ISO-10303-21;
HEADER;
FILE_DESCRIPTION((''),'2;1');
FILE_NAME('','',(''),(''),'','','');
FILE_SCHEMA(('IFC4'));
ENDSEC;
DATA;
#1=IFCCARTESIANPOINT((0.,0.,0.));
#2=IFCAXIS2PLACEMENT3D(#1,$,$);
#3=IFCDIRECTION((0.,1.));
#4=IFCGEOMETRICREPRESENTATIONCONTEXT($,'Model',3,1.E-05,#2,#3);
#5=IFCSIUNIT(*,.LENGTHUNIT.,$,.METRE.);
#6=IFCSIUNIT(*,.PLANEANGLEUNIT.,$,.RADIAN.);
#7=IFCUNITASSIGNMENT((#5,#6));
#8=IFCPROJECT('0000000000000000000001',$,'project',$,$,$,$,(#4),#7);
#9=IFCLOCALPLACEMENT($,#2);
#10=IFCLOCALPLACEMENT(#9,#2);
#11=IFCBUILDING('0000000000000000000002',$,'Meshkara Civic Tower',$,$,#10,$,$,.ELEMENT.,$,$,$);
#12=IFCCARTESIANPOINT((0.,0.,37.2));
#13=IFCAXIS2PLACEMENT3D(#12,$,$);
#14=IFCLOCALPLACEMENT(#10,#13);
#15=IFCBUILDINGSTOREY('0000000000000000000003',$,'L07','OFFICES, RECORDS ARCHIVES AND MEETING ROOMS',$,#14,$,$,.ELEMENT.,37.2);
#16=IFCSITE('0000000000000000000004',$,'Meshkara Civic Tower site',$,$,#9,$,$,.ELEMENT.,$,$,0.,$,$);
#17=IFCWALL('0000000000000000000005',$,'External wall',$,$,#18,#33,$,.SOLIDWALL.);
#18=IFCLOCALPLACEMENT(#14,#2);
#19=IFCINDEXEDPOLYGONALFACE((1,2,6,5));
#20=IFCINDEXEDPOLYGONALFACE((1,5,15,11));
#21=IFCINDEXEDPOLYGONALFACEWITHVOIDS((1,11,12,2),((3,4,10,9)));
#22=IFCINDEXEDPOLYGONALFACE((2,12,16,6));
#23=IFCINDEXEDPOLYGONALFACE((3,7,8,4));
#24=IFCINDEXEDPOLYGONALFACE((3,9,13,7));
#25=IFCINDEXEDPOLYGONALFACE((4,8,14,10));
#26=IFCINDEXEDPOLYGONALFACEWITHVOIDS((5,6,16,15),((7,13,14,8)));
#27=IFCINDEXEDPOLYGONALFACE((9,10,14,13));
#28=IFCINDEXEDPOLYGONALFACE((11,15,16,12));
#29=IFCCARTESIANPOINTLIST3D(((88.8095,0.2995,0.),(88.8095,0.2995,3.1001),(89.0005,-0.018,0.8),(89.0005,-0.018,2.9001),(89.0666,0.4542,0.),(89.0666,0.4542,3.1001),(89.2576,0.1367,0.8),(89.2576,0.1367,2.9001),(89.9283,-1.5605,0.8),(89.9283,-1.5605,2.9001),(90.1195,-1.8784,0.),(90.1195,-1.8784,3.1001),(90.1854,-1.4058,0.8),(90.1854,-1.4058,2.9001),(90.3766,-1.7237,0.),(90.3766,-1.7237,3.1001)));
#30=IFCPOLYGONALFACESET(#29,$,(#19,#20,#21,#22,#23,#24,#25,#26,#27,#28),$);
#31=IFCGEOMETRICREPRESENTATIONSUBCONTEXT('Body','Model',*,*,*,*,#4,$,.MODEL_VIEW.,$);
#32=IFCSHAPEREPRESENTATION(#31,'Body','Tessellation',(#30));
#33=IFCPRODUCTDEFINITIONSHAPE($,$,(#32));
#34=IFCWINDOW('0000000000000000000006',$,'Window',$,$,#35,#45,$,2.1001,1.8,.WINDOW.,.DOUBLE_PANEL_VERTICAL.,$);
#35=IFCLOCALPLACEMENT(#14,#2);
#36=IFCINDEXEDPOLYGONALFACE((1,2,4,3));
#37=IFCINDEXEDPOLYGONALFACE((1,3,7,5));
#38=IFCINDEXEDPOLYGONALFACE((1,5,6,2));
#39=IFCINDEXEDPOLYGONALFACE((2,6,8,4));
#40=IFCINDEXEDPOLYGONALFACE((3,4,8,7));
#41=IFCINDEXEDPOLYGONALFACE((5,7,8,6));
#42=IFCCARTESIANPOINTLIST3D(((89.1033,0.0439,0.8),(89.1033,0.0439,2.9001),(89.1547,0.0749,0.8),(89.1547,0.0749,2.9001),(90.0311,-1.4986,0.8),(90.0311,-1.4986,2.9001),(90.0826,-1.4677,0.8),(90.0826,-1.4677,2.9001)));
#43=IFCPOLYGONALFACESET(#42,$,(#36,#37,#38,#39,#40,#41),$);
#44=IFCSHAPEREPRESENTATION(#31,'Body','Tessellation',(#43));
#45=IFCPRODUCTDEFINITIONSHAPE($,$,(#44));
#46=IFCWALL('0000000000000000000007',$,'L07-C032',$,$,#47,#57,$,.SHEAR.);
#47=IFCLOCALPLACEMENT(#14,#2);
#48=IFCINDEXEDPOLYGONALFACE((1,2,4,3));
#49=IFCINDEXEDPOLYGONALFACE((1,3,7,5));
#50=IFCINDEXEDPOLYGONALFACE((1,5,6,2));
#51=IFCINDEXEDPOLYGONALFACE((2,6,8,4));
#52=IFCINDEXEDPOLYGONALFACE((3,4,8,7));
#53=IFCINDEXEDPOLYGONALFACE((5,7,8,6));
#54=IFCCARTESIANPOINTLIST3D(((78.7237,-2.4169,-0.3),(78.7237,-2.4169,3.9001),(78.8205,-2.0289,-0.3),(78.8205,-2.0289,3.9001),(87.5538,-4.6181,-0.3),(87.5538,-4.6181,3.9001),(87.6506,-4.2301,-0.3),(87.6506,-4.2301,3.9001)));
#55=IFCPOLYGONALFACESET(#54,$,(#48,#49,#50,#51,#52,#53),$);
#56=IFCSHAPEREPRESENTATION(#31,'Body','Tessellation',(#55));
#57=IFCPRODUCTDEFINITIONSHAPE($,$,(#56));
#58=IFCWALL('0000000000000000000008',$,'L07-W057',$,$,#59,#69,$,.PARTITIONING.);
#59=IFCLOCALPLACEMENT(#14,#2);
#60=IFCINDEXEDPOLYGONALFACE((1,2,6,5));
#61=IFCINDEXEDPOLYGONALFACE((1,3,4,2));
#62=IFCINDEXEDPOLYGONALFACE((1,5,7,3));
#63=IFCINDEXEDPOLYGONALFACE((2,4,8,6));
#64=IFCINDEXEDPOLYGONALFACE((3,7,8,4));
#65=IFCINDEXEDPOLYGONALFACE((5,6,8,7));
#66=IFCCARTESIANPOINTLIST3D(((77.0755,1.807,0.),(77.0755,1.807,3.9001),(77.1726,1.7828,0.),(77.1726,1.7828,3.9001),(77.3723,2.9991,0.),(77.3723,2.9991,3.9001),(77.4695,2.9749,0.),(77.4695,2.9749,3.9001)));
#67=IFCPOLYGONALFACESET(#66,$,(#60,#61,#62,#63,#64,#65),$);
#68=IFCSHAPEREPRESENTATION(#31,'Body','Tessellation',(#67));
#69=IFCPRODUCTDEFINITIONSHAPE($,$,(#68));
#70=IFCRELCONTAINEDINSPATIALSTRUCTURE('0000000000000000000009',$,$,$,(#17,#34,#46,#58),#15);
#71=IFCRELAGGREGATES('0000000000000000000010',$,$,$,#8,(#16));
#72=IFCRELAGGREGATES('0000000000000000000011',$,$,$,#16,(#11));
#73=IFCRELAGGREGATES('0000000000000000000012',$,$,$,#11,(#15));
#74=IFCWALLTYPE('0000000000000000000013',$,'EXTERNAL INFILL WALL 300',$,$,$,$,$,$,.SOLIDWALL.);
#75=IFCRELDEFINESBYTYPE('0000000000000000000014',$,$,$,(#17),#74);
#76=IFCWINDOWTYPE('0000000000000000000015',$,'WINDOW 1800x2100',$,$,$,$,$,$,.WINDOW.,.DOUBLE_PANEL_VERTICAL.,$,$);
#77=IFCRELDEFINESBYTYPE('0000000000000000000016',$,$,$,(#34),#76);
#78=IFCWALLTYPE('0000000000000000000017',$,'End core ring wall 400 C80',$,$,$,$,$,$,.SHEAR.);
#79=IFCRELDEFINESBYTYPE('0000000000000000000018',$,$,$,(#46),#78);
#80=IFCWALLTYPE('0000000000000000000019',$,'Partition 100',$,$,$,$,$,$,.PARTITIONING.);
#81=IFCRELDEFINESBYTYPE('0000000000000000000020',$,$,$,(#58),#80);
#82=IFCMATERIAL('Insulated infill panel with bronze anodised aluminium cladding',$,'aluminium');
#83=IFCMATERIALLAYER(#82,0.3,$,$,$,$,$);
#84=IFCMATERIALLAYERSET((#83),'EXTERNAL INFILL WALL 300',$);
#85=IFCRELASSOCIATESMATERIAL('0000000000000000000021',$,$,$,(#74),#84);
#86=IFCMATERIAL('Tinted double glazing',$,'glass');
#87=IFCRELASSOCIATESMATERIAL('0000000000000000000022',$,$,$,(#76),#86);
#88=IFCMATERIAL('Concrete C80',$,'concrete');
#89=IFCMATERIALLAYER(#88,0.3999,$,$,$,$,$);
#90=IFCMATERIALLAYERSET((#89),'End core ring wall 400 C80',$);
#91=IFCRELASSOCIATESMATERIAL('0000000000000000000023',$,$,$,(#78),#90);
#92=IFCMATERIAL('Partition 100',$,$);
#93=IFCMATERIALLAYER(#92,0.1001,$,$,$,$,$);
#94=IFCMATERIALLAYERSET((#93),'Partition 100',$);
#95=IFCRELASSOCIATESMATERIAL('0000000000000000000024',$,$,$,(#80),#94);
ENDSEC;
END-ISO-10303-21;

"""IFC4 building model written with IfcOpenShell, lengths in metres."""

from ifc_helpers import new_model, si_unit, direction, frame, frame_2d, origin, place, context, subcontext, project, spatial, rectangle, extrude, material, layer, layer_set, type_object, element, fill, save


model = new_model("IFC4")

# Units and contexts
model_context = context("Model", 3, precision=1e-05, world=origin(), true_north=direction((0.0, 1.0)))
body_context = subcontext(model_context, "Body", "Model", "MODEL_VIEW")
ifc_project = project(units=[si_unit("LENGTHUNIT", "METRE"), si_unit("PLANEANGLEUNIT", "RADIAN")], contexts=[model_context])

# Site, building, storey
site_placement = place(None, origin())
site = spatial("IfcSite", under=ifc_project, at=site_placement, Name="Meshkara Civic Tower site", CompositionType="ELEMENT", RefElevation=0.0)
building_placement = place(site_placement, origin())
building = spatial("IfcBuilding", under=site, at=building_placement, Name="Meshkara Civic Tower", CompositionType="ELEMENT")
storey_placement = place(building_placement, frame((0.0, 0.0, 37.2)))
storey = spatial("IfcBuildingStorey", under=building, at=storey_placement, Name="L07", Description="OFFICES, RECORDS ARCHIVES AND MEETING ROOMS", CompositionType="ELEMENT", Elevation=37.2)

# Wall, opening, window
ifc_material_1 = material(Name="Insulated infill panel with bronze anodised aluminium cladding", Category="aluminium")
ifc_layer_1 = layer(ifc_material_1, 0.3)
ifc_layer_set_1 = layer_set([ifc_layer_1], Name="EXTERNAL INFILL WALL 300")
wall_type_1 = type_object("IfcWallType", Name="EXTERNAL INFILL WALL 300", PredefinedType="SOLIDWALL", material=ifc_layer_set_1)
ifc_material_2 = material(Name="Tinted double glazing", Category="glass")
window_type_1 = type_object("IfcWindowType", Name="WINDOW 1800x2100", PartitioningType="DOUBLE_PANEL_VERTICAL", PredefinedType="WINDOW", material=ifc_material_2)
wall_1_placement = place(storey_placement, frame((90.248, -1.801, 0.0), z_axis=(0.0, 0.0, 1.0), x_axis=(-0.515442, 0.856925, 0.0)))
wall_1 = element("IfcWall", 1, at=wall_1_placement, inside=storey, type_object=wall_type_1, Name="External wall", PredefinedType="SOLIDWALL", context=body_context, shape_type="SweptSolid", body=[
    extrude(rectangle(XDim=2.5415, YDim=0.3, at=frame_2d((1.2708, 0.0))), origin(), (0.0, 0.0, 1.0), 3.1001),
])
opening_1_placement = place(wall_1_placement, frame((0.3711, 0.0, 0.8)))
opening_1 = element("IfcOpeningElement", 2, at=opening_1_placement, cuts=wall_1, PredefinedType="OPENING", context=body_context, shape_type="SweptSolid", body=[
    extrude(rectangle(XDim=1.8, YDim=2.1001, at=frame_2d((0.8999, 1.05))), frame((0.0, 0.1599, 0.0), z_axis=(0.0, -1.0, 0.0), x_axis=(1.0, 0.0, 0.0)), (0.0, 0.0, 1.0), 0.3201),
])
window_1_placement = place(opening_1_placement, origin())
window_1 = element("IfcWindow", 3, at=window_1_placement, inside=storey, type_object=window_type_1, Name="Window", OverallHeight=2.1001, OverallWidth=1.8, PartitioningType="DOUBLE_PANEL_VERTICAL", PredefinedType="WINDOW", context=body_context, shape_type="SweptSolid", body=[
    extrude(rectangle(XDim=1.8, YDim=2.1001, at=frame_2d((0.8999, 1.05))), frame((0.0, 0.03, 0.0), z_axis=(0.0, -1.0, 0.0), x_axis=(1.0, 0.0, 0.0)), (0.0, 0.0, 1.0), 0.0601),
])
fill(opening_1, window_1)

# Walls
ifc_material_3 = material(Name="Concrete C80", Category="concrete")
ifc_layer_2 = layer(ifc_material_3, 0.3999)
ifc_layer_set_2 = layer_set([ifc_layer_2], Name="End core ring wall 400 C80")
wall_type_2 = type_object("IfcWallType", Name="End core ring wall 400 C80", PredefinedType="SHEAR", material=ifc_layer_set_2)
wall_2_placement = place(storey_placement, frame((78.772, -2.2229, -0.3), z_axis=(0.0, 0.0, 1.0), x_axis=(0.970306, -0.241879, 0.0)))
element("IfcWall", 4, at=wall_2_placement, inside=storey, type_object=wall_type_2, Name="L07-C032", PredefinedType="SHEAR", context=body_context, shape_type="SweptSolid", body=[
    extrude(rectangle(XDim=9.1003, YDim=0.3999, at=frame_2d((4.5503, 0.0))), origin(), (0.0, 0.0, 1.0), 4.2002),
])
ifc_material_4 = material(Name="Partition 100")
ifc_layer_3 = layer(ifc_material_4, 0.1001)
ifc_layer_set_3 = layer_set([ifc_layer_3], Name="Partition 100")
wall_type_3 = type_object("IfcWallType", Name="Partition 100", PredefinedType="PARTITIONING", material=ifc_layer_set_3)
wall_3_placement = place(storey_placement, frame((77.124, 1.7949, 0.0), z_axis=(0.0, 0.0, 1.0), x_axis=(0.241647, 0.970364, 0.0)))
element("IfcWall", 5, at=wall_3_placement, inside=storey, type_object=wall_type_3, Name="L07-W057", PredefinedType="PARTITIONING", context=body_context, shape_type="SweptSolid", body=[
    extrude(rectangle(XDim=1.2285, YDim=0.1001, at=frame_2d((0.6143, 0.0))), origin(), (0.0, 0.0, 1.0), 3.9001),
])

save(model, "model.ifc")
